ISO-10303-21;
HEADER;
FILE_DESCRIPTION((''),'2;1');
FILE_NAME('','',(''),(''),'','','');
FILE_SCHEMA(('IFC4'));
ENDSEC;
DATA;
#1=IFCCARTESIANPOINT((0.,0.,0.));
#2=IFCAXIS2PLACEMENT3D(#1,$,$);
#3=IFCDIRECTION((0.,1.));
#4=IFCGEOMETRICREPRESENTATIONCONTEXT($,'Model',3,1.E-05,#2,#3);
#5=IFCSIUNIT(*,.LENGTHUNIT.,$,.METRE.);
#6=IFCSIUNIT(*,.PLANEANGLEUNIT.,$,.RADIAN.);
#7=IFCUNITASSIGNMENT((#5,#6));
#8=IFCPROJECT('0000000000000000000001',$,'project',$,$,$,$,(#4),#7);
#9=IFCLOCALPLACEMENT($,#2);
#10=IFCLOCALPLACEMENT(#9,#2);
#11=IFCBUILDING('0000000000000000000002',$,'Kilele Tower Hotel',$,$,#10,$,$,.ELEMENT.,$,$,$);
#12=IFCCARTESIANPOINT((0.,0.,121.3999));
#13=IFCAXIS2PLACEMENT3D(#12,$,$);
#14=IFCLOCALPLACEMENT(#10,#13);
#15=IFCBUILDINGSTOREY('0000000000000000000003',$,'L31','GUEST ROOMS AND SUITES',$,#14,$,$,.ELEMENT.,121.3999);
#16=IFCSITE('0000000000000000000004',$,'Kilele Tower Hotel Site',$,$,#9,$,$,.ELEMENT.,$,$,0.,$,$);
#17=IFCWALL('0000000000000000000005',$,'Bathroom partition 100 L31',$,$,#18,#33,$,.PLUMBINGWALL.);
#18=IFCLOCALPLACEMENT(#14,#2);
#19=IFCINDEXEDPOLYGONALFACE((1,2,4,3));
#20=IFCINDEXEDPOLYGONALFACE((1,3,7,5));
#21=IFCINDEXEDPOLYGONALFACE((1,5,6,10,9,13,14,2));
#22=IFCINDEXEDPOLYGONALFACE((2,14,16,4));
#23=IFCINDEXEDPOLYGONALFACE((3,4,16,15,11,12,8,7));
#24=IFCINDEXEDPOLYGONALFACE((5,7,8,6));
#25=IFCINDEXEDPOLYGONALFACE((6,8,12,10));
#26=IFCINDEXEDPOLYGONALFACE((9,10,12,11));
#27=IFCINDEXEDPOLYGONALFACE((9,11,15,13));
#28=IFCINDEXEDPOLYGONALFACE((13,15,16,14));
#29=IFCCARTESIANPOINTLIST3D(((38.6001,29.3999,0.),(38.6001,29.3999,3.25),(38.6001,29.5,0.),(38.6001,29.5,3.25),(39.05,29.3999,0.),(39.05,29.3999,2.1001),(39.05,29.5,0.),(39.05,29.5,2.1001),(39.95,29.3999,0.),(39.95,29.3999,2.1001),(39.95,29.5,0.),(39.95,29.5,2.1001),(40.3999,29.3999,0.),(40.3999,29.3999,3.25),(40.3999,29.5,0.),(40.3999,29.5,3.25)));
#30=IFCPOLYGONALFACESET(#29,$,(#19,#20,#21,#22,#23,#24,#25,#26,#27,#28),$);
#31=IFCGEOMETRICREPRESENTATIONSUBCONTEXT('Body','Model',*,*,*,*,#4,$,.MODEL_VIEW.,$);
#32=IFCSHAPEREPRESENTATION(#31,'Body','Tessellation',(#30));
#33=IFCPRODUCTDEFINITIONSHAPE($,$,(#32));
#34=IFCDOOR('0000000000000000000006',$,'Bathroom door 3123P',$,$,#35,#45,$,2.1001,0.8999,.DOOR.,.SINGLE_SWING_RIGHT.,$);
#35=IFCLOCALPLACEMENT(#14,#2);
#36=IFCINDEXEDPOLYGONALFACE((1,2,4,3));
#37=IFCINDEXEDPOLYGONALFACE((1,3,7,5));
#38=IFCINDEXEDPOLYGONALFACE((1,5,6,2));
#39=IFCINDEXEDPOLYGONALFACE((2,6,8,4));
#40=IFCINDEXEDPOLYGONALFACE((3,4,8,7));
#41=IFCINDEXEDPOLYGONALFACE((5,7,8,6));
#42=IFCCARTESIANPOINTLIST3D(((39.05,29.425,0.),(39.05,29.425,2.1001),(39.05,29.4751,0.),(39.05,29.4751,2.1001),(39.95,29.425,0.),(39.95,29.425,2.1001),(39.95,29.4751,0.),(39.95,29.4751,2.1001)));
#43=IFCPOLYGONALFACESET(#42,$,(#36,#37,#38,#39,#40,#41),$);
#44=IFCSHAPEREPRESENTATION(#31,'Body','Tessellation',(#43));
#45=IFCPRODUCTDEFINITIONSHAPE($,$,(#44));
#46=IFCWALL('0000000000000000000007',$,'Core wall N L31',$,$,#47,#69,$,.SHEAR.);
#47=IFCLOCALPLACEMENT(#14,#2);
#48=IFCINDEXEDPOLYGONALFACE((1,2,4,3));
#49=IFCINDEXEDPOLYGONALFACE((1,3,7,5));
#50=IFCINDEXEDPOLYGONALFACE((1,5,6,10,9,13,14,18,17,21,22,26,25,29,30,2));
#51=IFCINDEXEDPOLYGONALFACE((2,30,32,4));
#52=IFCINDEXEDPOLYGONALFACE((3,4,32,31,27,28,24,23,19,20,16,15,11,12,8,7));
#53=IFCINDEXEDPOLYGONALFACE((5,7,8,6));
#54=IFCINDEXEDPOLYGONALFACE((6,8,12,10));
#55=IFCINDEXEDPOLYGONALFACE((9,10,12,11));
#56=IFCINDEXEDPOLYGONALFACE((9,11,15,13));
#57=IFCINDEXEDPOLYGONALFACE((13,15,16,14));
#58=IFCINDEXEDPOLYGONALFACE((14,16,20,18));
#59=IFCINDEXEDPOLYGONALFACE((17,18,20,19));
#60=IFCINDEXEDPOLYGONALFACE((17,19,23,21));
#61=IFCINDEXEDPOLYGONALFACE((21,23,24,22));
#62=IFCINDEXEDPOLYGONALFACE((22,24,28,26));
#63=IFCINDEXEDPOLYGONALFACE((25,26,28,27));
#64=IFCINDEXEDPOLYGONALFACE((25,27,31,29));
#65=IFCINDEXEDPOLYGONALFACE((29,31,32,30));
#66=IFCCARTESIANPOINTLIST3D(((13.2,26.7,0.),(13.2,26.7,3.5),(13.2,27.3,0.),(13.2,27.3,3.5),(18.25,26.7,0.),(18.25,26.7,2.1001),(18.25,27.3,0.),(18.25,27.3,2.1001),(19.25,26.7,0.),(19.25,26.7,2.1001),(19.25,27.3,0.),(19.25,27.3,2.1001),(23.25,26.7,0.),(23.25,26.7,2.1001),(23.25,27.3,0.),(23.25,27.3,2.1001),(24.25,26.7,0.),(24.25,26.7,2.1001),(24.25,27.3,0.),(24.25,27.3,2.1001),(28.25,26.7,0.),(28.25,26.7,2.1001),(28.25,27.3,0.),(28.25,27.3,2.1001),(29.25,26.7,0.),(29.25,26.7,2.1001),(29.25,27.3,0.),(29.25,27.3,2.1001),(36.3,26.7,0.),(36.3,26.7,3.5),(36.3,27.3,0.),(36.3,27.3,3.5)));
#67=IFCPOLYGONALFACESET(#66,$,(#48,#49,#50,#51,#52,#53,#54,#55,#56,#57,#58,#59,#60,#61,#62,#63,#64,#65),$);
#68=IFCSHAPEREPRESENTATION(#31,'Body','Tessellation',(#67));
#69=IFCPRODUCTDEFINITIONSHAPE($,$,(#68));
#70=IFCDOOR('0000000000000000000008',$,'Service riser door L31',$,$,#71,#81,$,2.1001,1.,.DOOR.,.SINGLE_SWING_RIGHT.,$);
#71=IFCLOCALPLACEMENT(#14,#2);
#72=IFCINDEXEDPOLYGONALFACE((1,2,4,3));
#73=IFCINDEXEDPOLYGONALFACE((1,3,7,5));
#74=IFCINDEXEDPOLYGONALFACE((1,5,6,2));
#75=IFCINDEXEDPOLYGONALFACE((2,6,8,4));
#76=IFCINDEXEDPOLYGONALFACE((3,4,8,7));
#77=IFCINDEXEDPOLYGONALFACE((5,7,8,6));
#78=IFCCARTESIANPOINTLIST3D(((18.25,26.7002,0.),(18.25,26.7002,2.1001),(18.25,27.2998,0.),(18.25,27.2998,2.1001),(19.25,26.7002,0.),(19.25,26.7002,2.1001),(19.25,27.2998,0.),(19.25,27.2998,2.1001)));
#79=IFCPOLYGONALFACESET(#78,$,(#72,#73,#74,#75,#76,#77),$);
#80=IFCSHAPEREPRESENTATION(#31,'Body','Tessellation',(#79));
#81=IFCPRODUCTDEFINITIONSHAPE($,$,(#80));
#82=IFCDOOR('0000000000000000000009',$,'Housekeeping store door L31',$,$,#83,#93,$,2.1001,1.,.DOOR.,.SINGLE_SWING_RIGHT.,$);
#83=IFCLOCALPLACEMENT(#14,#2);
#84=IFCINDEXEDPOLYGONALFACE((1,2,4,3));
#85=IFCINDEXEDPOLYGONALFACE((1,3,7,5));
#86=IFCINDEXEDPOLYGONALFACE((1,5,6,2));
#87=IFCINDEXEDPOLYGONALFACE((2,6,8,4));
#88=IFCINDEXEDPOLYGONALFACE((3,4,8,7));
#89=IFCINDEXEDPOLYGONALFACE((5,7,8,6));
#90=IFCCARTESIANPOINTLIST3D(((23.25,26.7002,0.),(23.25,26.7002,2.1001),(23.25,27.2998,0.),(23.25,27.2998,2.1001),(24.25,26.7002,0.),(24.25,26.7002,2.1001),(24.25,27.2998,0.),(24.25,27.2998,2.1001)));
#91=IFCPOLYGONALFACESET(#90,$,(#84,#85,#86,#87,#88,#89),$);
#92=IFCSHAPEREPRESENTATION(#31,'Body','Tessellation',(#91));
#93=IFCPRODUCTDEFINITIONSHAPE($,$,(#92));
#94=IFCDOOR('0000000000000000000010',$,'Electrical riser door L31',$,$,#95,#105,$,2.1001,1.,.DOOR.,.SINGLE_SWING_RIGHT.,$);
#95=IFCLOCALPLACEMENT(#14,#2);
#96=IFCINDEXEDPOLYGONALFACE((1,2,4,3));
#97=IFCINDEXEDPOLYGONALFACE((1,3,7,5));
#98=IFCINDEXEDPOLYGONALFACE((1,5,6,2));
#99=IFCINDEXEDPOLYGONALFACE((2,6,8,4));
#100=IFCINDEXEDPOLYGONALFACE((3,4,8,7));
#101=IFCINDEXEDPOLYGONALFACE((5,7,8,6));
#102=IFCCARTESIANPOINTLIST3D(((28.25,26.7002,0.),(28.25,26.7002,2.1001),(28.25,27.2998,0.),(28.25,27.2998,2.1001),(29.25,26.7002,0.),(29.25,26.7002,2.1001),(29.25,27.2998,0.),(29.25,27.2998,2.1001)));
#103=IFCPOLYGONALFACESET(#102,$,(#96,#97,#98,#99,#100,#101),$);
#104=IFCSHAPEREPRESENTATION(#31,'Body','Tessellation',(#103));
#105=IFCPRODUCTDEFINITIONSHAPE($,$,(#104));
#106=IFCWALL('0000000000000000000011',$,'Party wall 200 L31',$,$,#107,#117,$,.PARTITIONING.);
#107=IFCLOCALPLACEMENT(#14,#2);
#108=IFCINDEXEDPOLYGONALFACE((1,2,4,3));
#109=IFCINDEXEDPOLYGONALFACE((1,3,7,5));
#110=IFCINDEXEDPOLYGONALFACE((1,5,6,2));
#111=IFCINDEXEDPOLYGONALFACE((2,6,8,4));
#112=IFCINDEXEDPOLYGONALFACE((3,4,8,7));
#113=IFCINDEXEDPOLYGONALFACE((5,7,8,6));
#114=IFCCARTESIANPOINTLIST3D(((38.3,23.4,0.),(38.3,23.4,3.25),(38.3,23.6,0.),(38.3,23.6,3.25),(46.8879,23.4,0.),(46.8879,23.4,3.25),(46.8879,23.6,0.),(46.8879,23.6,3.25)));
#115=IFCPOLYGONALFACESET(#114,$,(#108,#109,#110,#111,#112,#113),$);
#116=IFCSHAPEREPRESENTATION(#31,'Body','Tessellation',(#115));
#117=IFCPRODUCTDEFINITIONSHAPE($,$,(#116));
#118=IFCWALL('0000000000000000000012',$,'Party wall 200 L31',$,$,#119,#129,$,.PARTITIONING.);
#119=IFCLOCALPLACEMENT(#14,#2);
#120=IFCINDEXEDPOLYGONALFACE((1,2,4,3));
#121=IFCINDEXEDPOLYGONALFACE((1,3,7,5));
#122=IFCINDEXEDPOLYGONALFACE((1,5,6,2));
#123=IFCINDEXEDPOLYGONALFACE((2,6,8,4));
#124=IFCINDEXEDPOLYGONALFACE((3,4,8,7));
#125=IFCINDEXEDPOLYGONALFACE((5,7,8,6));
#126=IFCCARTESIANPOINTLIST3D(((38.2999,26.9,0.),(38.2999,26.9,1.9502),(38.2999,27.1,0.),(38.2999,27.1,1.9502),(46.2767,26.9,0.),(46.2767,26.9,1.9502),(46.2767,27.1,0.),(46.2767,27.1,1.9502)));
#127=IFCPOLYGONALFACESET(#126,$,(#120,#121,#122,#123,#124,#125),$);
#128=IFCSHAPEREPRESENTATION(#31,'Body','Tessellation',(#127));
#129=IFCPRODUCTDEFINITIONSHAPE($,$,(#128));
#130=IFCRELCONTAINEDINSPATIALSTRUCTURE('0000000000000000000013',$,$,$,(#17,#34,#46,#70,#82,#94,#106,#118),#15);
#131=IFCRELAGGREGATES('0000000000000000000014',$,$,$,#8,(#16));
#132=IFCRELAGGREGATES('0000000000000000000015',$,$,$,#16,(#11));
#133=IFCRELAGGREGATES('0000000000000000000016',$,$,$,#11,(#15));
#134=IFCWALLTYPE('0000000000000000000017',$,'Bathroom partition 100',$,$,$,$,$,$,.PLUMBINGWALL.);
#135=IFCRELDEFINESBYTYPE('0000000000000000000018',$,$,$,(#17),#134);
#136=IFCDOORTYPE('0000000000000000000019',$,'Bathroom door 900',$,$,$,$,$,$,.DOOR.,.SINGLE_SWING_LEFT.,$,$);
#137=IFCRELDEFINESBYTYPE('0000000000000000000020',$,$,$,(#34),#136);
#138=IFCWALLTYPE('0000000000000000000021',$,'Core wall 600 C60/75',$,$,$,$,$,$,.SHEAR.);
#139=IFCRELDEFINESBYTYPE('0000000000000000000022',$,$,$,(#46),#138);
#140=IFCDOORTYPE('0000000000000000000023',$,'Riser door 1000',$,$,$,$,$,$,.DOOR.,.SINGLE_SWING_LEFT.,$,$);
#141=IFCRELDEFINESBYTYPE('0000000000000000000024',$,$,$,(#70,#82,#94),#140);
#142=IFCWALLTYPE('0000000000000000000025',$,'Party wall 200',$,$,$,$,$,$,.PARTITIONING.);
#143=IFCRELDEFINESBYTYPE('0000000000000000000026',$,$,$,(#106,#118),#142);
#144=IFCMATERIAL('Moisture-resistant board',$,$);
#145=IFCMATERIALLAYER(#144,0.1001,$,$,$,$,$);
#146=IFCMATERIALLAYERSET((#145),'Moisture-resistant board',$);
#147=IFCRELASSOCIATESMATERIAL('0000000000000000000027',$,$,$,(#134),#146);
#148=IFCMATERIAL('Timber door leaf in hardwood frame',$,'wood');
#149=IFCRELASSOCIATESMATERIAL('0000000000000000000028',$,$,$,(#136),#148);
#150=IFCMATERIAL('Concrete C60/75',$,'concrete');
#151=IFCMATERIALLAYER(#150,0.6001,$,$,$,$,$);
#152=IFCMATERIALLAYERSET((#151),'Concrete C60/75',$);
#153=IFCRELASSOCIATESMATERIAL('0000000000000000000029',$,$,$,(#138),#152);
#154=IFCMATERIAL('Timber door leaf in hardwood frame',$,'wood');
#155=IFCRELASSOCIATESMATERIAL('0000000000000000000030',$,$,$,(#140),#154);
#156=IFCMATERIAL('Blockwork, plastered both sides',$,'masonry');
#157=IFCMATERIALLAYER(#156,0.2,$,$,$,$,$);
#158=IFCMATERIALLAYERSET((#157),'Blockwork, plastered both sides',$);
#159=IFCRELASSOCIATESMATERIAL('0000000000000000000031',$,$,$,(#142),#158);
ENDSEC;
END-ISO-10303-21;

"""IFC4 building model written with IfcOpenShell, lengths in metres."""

from ifc_helpers import new_model, si_unit, direction, frame, frame_2d, origin, place, context, subcontext, project, spatial, rectangle, extrude, material, layer, layer_set, type_object, element, fill, save


model = new_model("IFC4")

# Units and contexts
model_context = context("Model", 3, precision=1e-05, world=origin(), true_north=direction((0.0, 1.0)))
body_context = subcontext(model_context, "Body", "Model", "MODEL_VIEW")
ifc_project = project(units=[si_unit("LENGTHUNIT", "METRE"), si_unit("PLANEANGLEUNIT", "RADIAN")], contexts=[model_context])

# Site, building, storey
site_placement = place(None, origin())
site = spatial("IfcSite", under=ifc_project, at=site_placement, Name="Kilele Tower Hotel Site", CompositionType="ELEMENT", RefElevation=0.0)
building_placement = place(site_placement, origin())
building = spatial("IfcBuilding", under=site, at=building_placement, Name="Kilele Tower Hotel", CompositionType="ELEMENT")
storey_placement = place(building_placement, frame((0.0, 0.0, 121.3999)))
storey = spatial("IfcBuildingStorey", under=building, at=storey_placement, Name="L31", Description="GUEST ROOMS AND SUITES", CompositionType="ELEMENT", Elevation=121.3999)

# Shared definitions
ifc_material_1 = material(Name="Moisture-resistant board")
ifc_layer_1 = layer(ifc_material_1, 0.1001)
ifc_layer_set_1 = layer_set([ifc_layer_1], Name="Moisture-resistant board")
wall_type_1 = type_object("IfcWallType", Name="Bathroom partition 100", PredefinedType="PLUMBINGWALL", material=ifc_layer_set_1)

# Shared definitions
ifc_material_2 = material(Name="Timber door leaf in hardwood frame", Category="wood")
door_type_1 = type_object("IfcDoorType", Name="Bathroom door 900", OperationType="SINGLE_SWING_LEFT", PredefinedType="DOOR", material=ifc_material_2)

# Wall, opening, door
wall_1_placement = place(storey_placement, frame((38.6001, 29.45, 0.0), z_axis=(0.0, 0.0, 1.0), x_axis=(1.0, 0.0, 0.0)))
wall_1 = element("IfcWall", 1, at=wall_1_placement, inside=storey, type_object=wall_type_1, Name="Bathroom partition 100 L31", PredefinedType="PLUMBINGWALL", context=body_context, shape_type="SweptSolid", body=[
    extrude(rectangle(XDim=1.7998, YDim=0.1001, at=frame_2d((0.8999, 0.0))), origin(), (0.0, 0.0, 1.0), 3.25),
])
opening_1_placement = place(wall_1_placement, frame((1.3499, 0.0, 0.0), z_axis=(0.0, 0.0, 1.0), x_axis=(-1.0, 0.0, 0.0)))
opening_1 = element("IfcOpeningElement", 2, at=opening_1_placement, cuts=wall_1, PredefinedType="OPENING", context=body_context, shape_type="SweptSolid", body=[
    extrude(rectangle(XDim=0.8999, YDim=2.1001, at=frame_2d((0.45, 1.05))), frame((0.0, 0.0601, 0.0), z_axis=(0.0, -1.0, 0.0), x_axis=(1.0, 0.0, 0.0)), (0.0, 0.0, 1.0), 0.1201),
])
door_1_placement = place(opening_1_placement, origin())
door_1 = element("IfcDoor", 3, at=door_1_placement, inside=storey, type_object=door_type_1, Name="Bathroom door 3123P", OperationType="SINGLE_SWING_RIGHT", OverallHeight=2.1001, OverallWidth=0.8999, PredefinedType="DOOR", context=body_context, shape_type="SweptSolid", body=[
    extrude(rectangle(XDim=0.8999, YDim=2.1001, at=frame_2d((0.45, 1.05))), frame((0.0, 0.0249, 0.0), z_axis=(0.0, -1.0, 0.0), x_axis=(1.0, 0.0, 0.0)), (0.0, 0.0, 1.0), 0.05),
])
fill(opening_1, door_1)

# Wall, openings, doors
ifc_material_3 = material(Name="Concrete C60/75", Category="concrete")
ifc_layer_2 = layer(ifc_material_3, 0.6001)
ifc_layer_set_2 = layer_set([ifc_layer_2], Name="Concrete C60/75")
wall_type_2 = type_object("IfcWallType", Name="Core wall 600 C60/75", PredefinedType="SHEAR", material=ifc_layer_set_2)
wall_2_placement = place(storey_placement, frame((36.3, 27.0, 0.0), z_axis=(0.0, 0.0, 1.0), x_axis=(-1.0, 0.0, 0.0)))
wall_2 = element("IfcWall", 4, at=wall_2_placement, inside=storey, type_object=wall_type_2, Name="Core wall N L31", PredefinedType="SHEAR", context=body_context, shape_type="SweptSolid", body=[
    extrude(rectangle(XDim=23.1001, YDim=0.6001, at=frame_2d((11.55, 0.0))), origin(), (0.0, 0.0, 1.0), 3.5),
])
opening_2_placement = place(wall_2_placement, frame((17.05, 0.0, 0.0)))
opening_2 = element("IfcOpeningElement", 5, at=opening_2_placement, cuts=wall_2, PredefinedType="OPENING", context=body_context, shape_type="SweptSolid", body=[
    extrude(rectangle(XDim=1.0, YDim=2.1001, at=frame_2d((0.5, 1.05))), frame((0.0, 0.3101, 0.0), z_axis=(0.0, -1.0, 0.0), x_axis=(1.0, 0.0, 0.0)), (0.0, 0.0, 1.0), 0.6201),
])
opening_3_placement = place(wall_2_placement, frame((12.05, 0.0, 0.0)))
opening_3 = element("IfcOpeningElement", 6, at=opening_3_placement, cuts=wall_2, PredefinedType="OPENING", context=body_context, shape_type="SweptSolid", body=[
    extrude(rectangle(XDim=1.0, YDim=2.1001, at=frame_2d((0.5, 1.05))), frame((0.0, 0.3101, 0.0), z_axis=(0.0, -1.0, 0.0), x_axis=(1.0, 0.0, 0.0)), (0.0, 0.0, 1.0), 0.6201),
])
opening_4_placement = place(wall_2_placement, frame((7.05, 0.0, 0.0)))
opening_4 = element("IfcOpeningElement", 7, at=opening_4_placement, cuts=wall_2, PredefinedType="OPENING", context=body_context, shape_type="SweptSolid", body=[
    extrude(rectangle(XDim=1.0, YDim=2.1001, at=frame_2d((0.5, 1.05))), frame((0.0, 0.3101, 0.0), z_axis=(0.0, -1.0, 0.0), x_axis=(1.0, 0.0, 0.0)), (0.0, 0.0, 1.0), 0.6201),
])
ifc_material_4 = material(Name="Timber door leaf in hardwood frame", Category="wood")
door_type_2 = type_object("IfcDoorType", Name="Riser door 1000", OperationType="SINGLE_SWING_LEFT", PredefinedType="DOOR", material=ifc_material_4)
door_2_placement = place(opening_2_placement, origin())
door_2 = element("IfcDoor", 8, at=door_2_placement, inside=storey, type_object=door_type_2, Name="Service riser door L31", OperationType="SINGLE_SWING_RIGHT", OverallHeight=2.1001, OverallWidth=1.0, PredefinedType="DOOR", context=body_context, shape_type="SweptSolid", body=[
    extrude(rectangle(XDim=1.0, YDim=2.1001, at=frame_2d((0.5, 1.05))), frame((0.0, 0.2998, 0.0), z_axis=(0.0, -1.0, 0.0), x_axis=(1.0, 0.0, 0.0)), (0.0, 0.0, 1.0), 0.5996),
])
fill(opening_2, door_2)
door_3_placement = place(opening_3_placement, origin())
door_3 = element("IfcDoor", 9, at=door_3_placement, inside=storey, type_object=door_type_2, Name="Housekeeping store door L31", OperationType="SINGLE_SWING_RIGHT", OverallHeight=2.1001, OverallWidth=1.0, PredefinedType="DOOR", context=body_context, shape_type="SweptSolid", body=[
    extrude(rectangle(XDim=1.0, YDim=2.1001, at=frame_2d((0.5, 1.05))), frame((0.0, 0.2998, 0.0), z_axis=(0.0, -1.0, 0.0), x_axis=(1.0, 0.0, 0.0)), (0.0, 0.0, 1.0), 0.5996),
])
fill(opening_3, door_3)
door_4_placement = place(opening_4_placement, origin())
door_4 = element("IfcDoor", 10, at=door_4_placement, inside=storey, type_object=door_type_2, Name="Electrical riser door L31", OperationType="SINGLE_SWING_RIGHT", OverallHeight=2.1001, OverallWidth=1.0, PredefinedType="DOOR", context=body_context, shape_type="SweptSolid", body=[
    extrude(rectangle(XDim=1.0, YDim=2.1001, at=frame_2d((0.5, 1.05))), frame((0.0, 0.2998, 0.0), z_axis=(0.0, -1.0, 0.0), x_axis=(1.0, 0.0, 0.0)), (0.0, 0.0, 1.0), 0.5996),
])
fill(opening_4, door_4)

# Walls
ifc_material_5 = material(Name="Blockwork, plastered both sides", Category="masonry")
ifc_layer_3 = layer(ifc_material_5, 0.2)
ifc_layer_set_3 = layer_set([ifc_layer_3], Name="Blockwork, plastered both sides")
wall_type_3 = type_object("IfcWallType", Name="Party wall 200", PredefinedType="PARTITIONING", material=ifc_layer_set_3)
wall_3_placement = place(storey_placement, frame((38.3, 23.5, 0.0), z_axis=(0.0, 0.0, 1.0), x_axis=(1.0, 0.0, 0.0)))
element("IfcWall", 11, at=wall_3_placement, inside=storey, type_object=wall_type_3, Name="Party wall 200 L31", PredefinedType="PARTITIONING", context=body_context, shape_type="SweptSolid", body=[
    extrude(rectangle(XDim=8.5879, YDim=0.2, at=frame_2d((4.2939, 0.0))), origin(), (0.0, 0.0, 1.0), 3.25),
])
wall_4_placement = place(storey_placement, frame((38.3, 27.0, 0.0), z_axis=(0.0, 0.0, 1.0), x_axis=(1.0, 0.0, 0.0)))
element("IfcWall", 12, at=wall_4_placement, inside=storey, type_object=wall_type_3, Name="Party wall 200 L31", PredefinedType="PARTITIONING", context=body_context, shape_type="SweptSolid", body=[
    extrude(rectangle(XDim=7.9768, YDim=0.2, at=frame_2d((3.9883, 0.0))), origin(), (0.0, 0.0, 1.0), 1.9502),
])

save(model, "model.ifc")
